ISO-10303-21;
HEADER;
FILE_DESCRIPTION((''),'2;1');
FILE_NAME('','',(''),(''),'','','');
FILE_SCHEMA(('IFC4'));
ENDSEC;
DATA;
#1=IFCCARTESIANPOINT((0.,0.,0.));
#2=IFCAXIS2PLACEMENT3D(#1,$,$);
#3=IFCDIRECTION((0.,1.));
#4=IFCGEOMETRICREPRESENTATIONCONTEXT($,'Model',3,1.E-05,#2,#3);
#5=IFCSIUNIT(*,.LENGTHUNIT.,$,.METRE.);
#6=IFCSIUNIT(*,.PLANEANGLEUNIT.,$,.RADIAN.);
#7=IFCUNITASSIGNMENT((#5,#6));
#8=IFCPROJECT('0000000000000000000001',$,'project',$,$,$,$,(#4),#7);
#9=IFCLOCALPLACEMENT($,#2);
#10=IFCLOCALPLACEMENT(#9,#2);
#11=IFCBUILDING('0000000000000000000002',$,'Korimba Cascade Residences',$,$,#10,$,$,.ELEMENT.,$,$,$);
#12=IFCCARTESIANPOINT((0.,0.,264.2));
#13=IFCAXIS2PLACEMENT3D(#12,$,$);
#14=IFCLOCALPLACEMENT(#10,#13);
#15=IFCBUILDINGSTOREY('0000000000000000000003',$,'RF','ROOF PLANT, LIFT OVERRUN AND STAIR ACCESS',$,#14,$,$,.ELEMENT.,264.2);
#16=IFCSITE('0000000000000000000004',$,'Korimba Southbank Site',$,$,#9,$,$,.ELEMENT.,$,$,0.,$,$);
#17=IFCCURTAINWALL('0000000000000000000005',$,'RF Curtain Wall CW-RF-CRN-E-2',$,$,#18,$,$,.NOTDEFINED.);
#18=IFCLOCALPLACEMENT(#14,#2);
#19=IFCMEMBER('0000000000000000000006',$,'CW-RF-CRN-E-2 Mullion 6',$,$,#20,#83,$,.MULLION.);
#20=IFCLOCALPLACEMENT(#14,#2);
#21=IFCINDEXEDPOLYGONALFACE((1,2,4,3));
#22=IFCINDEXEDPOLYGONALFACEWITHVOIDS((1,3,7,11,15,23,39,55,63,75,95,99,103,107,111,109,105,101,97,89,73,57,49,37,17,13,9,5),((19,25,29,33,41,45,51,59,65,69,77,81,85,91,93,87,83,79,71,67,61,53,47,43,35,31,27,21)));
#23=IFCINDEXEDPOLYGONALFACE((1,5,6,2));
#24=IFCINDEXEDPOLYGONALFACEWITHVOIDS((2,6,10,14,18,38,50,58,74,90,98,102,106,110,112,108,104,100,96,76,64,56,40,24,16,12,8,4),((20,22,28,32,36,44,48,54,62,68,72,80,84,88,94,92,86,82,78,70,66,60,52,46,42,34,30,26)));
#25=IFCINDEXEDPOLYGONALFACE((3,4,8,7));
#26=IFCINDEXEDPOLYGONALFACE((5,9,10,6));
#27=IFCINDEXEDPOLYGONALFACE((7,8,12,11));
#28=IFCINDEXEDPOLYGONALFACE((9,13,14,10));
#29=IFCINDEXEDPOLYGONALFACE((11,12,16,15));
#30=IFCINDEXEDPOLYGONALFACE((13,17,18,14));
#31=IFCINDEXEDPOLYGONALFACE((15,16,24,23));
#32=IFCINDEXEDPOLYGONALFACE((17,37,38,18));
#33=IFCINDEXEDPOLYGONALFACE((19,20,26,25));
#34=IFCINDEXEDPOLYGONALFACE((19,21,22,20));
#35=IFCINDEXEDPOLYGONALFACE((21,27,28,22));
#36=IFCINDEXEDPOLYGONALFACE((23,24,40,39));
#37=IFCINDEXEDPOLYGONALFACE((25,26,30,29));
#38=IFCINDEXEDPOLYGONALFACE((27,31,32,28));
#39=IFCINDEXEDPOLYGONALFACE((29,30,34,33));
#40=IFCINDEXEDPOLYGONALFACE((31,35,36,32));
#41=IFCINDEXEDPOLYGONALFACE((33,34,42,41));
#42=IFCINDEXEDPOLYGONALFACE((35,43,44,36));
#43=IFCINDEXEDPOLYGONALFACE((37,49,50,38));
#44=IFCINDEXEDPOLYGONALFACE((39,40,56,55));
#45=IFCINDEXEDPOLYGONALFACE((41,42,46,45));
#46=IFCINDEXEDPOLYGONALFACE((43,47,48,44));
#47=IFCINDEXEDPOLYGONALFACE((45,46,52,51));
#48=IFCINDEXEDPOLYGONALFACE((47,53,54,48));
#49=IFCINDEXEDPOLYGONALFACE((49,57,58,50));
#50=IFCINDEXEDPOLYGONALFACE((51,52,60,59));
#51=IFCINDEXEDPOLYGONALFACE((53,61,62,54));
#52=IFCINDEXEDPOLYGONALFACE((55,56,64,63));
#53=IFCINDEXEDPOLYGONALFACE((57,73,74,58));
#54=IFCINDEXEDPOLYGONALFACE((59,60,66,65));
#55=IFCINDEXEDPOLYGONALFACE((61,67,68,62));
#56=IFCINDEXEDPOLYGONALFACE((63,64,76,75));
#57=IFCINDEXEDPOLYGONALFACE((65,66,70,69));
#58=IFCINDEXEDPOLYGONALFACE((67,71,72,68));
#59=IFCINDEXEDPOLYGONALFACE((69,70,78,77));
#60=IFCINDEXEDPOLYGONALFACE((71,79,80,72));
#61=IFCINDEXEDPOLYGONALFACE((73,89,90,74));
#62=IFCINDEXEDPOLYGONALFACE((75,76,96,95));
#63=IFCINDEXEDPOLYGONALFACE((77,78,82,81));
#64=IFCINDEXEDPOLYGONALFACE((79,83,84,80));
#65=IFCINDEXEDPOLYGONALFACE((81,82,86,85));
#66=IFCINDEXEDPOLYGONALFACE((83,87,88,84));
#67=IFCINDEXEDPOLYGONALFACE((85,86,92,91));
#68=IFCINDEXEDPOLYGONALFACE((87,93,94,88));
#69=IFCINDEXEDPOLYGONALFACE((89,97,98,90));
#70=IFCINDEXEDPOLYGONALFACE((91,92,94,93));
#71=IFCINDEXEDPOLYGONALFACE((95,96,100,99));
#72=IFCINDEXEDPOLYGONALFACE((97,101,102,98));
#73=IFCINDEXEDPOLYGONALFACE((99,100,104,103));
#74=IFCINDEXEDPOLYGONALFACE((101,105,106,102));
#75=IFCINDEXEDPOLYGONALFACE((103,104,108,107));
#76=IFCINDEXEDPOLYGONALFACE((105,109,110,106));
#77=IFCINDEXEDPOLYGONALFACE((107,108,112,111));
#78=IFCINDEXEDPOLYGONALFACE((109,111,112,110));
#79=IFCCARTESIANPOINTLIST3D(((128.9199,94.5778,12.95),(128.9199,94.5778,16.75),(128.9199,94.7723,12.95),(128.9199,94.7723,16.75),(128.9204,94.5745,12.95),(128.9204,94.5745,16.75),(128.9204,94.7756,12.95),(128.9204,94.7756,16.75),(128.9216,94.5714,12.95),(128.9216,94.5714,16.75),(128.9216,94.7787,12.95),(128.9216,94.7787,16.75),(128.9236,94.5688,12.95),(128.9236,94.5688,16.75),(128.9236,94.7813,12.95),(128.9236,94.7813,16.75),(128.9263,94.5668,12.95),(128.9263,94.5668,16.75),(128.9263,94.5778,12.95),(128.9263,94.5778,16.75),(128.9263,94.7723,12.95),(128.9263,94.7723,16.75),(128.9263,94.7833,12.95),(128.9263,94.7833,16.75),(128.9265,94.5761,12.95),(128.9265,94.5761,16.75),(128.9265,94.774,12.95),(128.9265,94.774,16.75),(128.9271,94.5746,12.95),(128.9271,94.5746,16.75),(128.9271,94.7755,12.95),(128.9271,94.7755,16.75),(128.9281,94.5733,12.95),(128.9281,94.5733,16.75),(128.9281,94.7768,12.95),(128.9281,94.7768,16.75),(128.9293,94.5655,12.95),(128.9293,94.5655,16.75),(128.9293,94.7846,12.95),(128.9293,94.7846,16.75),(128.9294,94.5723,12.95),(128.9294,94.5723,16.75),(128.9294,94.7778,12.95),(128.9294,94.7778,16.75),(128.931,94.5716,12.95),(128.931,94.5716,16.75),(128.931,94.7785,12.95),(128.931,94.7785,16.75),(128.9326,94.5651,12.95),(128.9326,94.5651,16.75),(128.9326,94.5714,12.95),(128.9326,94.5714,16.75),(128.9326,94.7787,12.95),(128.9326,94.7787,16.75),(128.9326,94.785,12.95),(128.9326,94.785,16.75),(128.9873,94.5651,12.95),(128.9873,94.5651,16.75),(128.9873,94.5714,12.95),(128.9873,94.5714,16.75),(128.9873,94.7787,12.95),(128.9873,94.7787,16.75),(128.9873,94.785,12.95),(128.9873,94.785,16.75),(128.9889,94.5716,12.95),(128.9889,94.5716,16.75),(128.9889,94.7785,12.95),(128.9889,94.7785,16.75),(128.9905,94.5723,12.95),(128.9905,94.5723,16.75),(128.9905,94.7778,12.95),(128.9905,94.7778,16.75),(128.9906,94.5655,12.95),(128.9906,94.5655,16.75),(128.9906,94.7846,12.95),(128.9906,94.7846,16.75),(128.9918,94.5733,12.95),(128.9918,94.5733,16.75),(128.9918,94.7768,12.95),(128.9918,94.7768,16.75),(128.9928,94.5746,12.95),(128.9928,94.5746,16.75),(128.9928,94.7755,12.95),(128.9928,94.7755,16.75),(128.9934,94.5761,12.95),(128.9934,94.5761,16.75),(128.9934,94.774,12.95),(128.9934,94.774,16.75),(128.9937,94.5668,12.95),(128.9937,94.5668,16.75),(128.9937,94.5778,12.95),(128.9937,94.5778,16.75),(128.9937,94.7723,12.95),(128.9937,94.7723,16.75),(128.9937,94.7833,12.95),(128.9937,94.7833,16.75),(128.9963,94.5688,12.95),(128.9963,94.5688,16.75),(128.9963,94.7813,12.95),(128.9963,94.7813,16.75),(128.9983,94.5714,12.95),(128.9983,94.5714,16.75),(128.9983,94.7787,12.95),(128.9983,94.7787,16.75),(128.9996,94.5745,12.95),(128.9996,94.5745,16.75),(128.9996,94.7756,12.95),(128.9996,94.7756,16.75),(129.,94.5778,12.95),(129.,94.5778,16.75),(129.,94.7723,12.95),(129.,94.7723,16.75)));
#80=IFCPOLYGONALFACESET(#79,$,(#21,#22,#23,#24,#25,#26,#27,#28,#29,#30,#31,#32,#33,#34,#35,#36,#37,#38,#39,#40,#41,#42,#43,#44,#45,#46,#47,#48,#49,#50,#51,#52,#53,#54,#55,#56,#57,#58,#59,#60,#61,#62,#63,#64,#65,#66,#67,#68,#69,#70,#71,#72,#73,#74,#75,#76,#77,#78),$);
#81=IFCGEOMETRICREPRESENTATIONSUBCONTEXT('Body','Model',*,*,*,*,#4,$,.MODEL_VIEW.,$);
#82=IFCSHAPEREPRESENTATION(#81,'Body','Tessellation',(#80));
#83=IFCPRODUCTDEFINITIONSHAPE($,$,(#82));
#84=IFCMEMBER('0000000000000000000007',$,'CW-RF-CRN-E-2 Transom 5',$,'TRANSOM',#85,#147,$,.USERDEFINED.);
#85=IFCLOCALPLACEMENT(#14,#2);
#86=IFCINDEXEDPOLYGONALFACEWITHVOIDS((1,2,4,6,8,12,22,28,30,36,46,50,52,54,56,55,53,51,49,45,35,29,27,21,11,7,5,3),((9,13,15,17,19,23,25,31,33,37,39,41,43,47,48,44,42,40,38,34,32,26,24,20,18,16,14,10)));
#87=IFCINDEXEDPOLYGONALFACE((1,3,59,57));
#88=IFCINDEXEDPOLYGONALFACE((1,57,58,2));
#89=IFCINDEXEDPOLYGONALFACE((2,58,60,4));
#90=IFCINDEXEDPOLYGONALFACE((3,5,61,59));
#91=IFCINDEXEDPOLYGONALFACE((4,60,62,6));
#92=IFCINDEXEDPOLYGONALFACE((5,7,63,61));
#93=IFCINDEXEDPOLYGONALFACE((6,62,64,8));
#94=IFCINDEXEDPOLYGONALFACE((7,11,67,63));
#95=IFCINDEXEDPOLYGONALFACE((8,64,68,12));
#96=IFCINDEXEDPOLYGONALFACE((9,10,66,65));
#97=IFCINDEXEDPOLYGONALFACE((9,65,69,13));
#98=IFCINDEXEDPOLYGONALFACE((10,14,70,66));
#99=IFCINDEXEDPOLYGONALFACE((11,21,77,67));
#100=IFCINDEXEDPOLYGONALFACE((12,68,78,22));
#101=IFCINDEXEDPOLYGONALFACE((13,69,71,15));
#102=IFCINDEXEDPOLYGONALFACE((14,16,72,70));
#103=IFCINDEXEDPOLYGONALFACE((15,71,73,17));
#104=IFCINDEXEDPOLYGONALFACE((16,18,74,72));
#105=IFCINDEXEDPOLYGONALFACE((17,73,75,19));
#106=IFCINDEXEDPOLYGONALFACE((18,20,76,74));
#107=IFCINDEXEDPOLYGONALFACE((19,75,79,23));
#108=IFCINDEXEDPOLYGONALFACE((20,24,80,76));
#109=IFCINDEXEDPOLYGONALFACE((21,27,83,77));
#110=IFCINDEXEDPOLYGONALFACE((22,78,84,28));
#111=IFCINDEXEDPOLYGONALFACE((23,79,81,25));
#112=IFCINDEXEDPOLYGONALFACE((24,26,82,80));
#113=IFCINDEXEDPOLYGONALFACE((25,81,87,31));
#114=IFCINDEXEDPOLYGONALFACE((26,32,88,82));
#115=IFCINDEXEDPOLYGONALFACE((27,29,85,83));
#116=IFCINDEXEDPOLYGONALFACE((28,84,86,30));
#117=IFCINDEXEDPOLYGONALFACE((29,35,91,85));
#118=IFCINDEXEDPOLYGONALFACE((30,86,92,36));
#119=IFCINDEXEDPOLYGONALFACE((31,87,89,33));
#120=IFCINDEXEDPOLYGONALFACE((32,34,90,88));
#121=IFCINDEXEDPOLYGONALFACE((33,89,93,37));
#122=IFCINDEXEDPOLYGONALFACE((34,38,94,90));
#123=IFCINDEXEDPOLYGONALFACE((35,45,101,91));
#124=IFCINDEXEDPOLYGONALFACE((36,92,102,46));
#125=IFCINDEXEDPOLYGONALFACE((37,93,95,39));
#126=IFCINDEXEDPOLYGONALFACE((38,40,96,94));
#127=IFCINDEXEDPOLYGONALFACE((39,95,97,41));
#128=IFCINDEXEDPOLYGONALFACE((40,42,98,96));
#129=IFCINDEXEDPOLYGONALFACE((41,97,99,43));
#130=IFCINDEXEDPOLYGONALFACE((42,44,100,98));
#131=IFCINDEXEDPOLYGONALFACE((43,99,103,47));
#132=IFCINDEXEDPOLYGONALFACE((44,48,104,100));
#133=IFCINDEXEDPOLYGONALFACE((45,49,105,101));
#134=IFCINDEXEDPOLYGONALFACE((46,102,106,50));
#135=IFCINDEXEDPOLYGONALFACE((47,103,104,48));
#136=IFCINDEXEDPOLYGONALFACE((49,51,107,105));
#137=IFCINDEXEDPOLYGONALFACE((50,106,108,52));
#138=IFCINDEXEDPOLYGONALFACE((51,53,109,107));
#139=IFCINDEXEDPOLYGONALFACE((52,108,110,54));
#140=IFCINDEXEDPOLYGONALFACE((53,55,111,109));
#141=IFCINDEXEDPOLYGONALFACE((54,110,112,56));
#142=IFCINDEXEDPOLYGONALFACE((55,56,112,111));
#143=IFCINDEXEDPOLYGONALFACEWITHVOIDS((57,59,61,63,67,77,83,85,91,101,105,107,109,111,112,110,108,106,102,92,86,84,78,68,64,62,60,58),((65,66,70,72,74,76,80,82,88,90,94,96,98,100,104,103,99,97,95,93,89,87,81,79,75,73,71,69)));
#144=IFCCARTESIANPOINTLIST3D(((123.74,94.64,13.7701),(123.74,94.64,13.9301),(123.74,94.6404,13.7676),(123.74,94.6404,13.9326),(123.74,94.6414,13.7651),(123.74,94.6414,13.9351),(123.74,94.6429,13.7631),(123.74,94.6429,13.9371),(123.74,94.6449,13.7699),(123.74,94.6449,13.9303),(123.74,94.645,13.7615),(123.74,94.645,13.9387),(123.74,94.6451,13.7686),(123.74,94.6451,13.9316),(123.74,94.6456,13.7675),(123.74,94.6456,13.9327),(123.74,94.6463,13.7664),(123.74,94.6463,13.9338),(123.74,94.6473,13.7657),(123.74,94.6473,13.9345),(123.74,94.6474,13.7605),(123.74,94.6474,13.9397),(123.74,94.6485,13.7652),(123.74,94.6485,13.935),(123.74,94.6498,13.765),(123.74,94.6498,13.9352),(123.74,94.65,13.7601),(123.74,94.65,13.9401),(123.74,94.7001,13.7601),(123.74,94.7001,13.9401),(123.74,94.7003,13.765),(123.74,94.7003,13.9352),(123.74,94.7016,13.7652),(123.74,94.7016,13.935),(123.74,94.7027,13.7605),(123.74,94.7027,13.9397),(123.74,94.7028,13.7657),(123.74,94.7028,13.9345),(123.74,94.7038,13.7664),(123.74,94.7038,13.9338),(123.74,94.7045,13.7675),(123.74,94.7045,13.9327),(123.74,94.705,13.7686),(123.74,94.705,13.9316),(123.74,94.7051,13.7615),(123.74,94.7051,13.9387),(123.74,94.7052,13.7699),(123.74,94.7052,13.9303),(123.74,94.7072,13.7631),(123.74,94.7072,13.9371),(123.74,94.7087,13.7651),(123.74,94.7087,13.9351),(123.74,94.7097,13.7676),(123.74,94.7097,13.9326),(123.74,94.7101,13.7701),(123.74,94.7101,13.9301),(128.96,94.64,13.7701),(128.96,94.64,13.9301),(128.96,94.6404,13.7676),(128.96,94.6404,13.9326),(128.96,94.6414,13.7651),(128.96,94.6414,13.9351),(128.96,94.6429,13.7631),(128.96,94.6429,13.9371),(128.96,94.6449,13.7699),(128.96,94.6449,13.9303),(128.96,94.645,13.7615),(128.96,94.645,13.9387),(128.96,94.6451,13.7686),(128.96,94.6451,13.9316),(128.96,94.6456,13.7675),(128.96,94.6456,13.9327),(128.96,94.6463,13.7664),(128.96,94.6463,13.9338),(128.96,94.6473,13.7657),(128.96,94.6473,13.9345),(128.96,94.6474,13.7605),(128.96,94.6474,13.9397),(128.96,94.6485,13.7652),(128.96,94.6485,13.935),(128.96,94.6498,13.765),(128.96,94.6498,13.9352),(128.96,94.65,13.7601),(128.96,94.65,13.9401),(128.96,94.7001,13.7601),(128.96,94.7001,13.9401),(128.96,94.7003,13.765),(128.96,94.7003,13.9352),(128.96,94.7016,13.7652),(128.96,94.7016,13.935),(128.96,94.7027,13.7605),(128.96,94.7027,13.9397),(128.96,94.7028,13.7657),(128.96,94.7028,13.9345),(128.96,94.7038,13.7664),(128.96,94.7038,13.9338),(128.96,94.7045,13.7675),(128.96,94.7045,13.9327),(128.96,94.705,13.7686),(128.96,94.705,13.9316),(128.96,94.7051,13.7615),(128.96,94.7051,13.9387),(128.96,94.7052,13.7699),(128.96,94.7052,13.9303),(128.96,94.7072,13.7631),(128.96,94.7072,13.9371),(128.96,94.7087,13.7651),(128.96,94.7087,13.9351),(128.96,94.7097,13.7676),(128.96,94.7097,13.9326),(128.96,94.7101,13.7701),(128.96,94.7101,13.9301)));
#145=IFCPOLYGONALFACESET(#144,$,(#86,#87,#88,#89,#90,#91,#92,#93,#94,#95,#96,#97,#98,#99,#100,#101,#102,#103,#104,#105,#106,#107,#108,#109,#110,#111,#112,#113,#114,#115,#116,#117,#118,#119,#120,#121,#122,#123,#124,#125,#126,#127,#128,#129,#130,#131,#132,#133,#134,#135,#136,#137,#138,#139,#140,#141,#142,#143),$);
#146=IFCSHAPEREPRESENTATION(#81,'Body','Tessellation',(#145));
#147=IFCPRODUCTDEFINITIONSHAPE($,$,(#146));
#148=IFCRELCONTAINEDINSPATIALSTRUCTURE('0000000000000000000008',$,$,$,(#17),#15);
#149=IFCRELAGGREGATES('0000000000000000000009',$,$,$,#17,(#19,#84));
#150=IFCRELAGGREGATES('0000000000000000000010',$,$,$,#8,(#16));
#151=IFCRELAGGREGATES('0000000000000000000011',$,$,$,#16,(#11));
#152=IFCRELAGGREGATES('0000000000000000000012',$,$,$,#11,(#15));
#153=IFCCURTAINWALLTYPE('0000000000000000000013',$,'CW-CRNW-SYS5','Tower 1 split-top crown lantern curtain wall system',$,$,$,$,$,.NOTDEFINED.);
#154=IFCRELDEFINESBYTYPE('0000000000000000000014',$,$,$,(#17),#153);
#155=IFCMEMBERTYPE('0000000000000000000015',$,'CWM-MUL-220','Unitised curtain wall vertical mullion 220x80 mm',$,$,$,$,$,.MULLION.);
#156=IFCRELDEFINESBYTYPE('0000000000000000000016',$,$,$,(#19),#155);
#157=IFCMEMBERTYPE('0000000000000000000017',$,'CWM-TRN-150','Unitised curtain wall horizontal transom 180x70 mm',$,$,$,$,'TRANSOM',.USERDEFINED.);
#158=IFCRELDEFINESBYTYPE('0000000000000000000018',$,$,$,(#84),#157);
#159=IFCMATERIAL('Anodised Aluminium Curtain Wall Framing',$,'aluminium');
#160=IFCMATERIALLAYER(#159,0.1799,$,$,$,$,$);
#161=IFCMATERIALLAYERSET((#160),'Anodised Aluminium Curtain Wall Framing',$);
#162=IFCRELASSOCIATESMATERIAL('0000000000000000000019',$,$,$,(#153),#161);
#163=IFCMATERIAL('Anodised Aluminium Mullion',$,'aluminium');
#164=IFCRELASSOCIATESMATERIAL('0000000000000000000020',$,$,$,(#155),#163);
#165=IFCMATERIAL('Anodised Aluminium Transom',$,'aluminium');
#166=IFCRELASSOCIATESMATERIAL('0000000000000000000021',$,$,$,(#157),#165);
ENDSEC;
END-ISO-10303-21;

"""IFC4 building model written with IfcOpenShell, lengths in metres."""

from ifc_helpers import new_model, si_unit, direction, frame, origin, origin_2d, place, context, subcontext, project, spatial, hollow_rectangle, extrude, material, layer, layer_set, material_profile, profile_set, type_object, element, aggregate, save


model = new_model("IFC4")

# Units and contexts
model_context = context("Model", 3, precision=1e-05, world=origin(), true_north=direction((0.0, 1.0)))
body_context = subcontext(model_context, "Body", "Model", "MODEL_VIEW")
ifc_project = project(units=[si_unit("LENGTHUNIT", "METRE"), si_unit("PLANEANGLEUNIT", "RADIAN")], contexts=[model_context])

# Site, building, storey
site_placement = place(None, origin())
site = spatial("IfcSite", under=ifc_project, at=site_placement, Name="Korimba Southbank Site", CompositionType="ELEMENT", RefElevation=0.0)
building_placement = place(site_placement, origin())
building = spatial("IfcBuilding", under=site, at=building_placement, Name="Korimba Cascade Residences", CompositionType="ELEMENT")
storey_placement = place(building_placement, frame((0.0, 0.0, 264.2)))
storey = spatial("IfcBuildingStorey", under=building, at=storey_placement, Name="RF", Description="ROOF PLANT, LIFT OVERRUN AND STAIR ACCESS", CompositionType="ELEMENT", Elevation=264.2)

# Shared definitions
ifc_material_1 = material(Name="Anodised Aluminium Curtain Wall Framing", Category="aluminium")
ifc_layer_1 = layer(ifc_material_1, 0.1799)
ifc_layer_set_1 = layer_set([ifc_layer_1], Name="Anodised Aluminium Curtain Wall Framing")
curtain_wall_type = type_object("IfcCurtainWallType", Name="CW-CRNW-SYS5", Description="Tower 1 split-top crown lantern curtain wall system", PredefinedType="NOTDEFINED", material=ifc_layer_set_1)
ifc_material_2 = material(Name="Anodised Aluminium Mullion", Category="aluminium")
ifc_material_profile_1 = material_profile(ifc_material_2, hollow_rectangle(XDim=0.0801, YDim=0.22, WallThickness=0.0063, InnerFilletRadius=0.0063, OuterFilletRadius=0.0127, at=origin_2d()), Name="Anodised Aluminium Mullion")
ifc_profile_set_1 = profile_set([ifc_material_profile_1], Name="Anodised Aluminium Mullion")
member_type_1 = type_object("IfcMemberType", Name="CWM-MUL-220", Description="Unitised curtain wall vertical mullion 220x80 mm", PredefinedType="MULLION", material=ifc_profile_set_1)

# Curtain wall, members
curtain_wall_1_placement = place(storey_placement, origin())
curtain_wall_1 = element("IfcCurtainWall", 1, at=curtain_wall_1_placement, inside=storey, type_object=curtain_wall_type, Name="RF Curtain Wall CW-RF-CRN-E-2", PredefinedType="NOTDEFINED")
member_1_placement = place(storey_placement, frame((128.96, 94.675, 12.95), z_axis=(0.0, 0.0, 1.0), x_axis=(1.0, 0.0, 0.0)))
member_1 = element("IfcMember", 2, at=member_1_placement, type_object=member_type_1, Name="CW-RF-CRN-E-2 Mullion 6", PredefinedType="MULLION", context=body_context, shape_type="SweptSolid", body=[
    extrude(hollow_rectangle(XDim=0.0801, YDim=0.22, WallThickness=0.0063, InnerFilletRadius=0.0063, OuterFilletRadius=0.0127, at=origin_2d()), origin(), (0.0, 0.0, 1.0), 3.8),
])
ifc_material_3 = material(Name="Anodised Aluminium Transom", Category="aluminium")
ifc_material_profile_2 = material_profile(ifc_material_3, hollow_rectangle(XDim=0.0701, YDim=0.1799, WallThickness=0.0049, InnerFilletRadius=0.0049, OuterFilletRadius=0.01, at=origin_2d()), Name="Anodised Aluminium Transom")
ifc_profile_set_2 = profile_set([ifc_material_profile_2], Name="Anodised Aluminium Transom")
member_type_2 = type_object("IfcMemberType", Name="CWM-TRN-150", Description="Unitised curtain wall horizontal transom 180x70 mm", ElementType="TRANSOM", PredefinedType="USERDEFINED", material=ifc_profile_set_2)
member_2_placement = place(storey_placement, frame((123.74, 94.675, 13.8501), z_axis=(1.0, 0.0, 0.0), x_axis=(0.0, 1.0, 0.0)))
member_2 = element("IfcMember", 3, at=member_2_placement, type_object=member_type_2, Name="CW-RF-CRN-E-2 Transom 5", ObjectType="TRANSOM", PredefinedType="USERDEFINED", context=body_context, shape_type="SweptSolid", body=[
    extrude(hollow_rectangle(XDim=0.0701, YDim=0.1799, WallThickness=0.0049, InnerFilletRadius=0.0049, OuterFilletRadius=0.01, at=origin_2d()), origin(), (0.0, 0.0, 1.0), 5.22),
])

aggregate(curtain_wall_1, [member_1, member_2])

save(model, "model.ifc")
